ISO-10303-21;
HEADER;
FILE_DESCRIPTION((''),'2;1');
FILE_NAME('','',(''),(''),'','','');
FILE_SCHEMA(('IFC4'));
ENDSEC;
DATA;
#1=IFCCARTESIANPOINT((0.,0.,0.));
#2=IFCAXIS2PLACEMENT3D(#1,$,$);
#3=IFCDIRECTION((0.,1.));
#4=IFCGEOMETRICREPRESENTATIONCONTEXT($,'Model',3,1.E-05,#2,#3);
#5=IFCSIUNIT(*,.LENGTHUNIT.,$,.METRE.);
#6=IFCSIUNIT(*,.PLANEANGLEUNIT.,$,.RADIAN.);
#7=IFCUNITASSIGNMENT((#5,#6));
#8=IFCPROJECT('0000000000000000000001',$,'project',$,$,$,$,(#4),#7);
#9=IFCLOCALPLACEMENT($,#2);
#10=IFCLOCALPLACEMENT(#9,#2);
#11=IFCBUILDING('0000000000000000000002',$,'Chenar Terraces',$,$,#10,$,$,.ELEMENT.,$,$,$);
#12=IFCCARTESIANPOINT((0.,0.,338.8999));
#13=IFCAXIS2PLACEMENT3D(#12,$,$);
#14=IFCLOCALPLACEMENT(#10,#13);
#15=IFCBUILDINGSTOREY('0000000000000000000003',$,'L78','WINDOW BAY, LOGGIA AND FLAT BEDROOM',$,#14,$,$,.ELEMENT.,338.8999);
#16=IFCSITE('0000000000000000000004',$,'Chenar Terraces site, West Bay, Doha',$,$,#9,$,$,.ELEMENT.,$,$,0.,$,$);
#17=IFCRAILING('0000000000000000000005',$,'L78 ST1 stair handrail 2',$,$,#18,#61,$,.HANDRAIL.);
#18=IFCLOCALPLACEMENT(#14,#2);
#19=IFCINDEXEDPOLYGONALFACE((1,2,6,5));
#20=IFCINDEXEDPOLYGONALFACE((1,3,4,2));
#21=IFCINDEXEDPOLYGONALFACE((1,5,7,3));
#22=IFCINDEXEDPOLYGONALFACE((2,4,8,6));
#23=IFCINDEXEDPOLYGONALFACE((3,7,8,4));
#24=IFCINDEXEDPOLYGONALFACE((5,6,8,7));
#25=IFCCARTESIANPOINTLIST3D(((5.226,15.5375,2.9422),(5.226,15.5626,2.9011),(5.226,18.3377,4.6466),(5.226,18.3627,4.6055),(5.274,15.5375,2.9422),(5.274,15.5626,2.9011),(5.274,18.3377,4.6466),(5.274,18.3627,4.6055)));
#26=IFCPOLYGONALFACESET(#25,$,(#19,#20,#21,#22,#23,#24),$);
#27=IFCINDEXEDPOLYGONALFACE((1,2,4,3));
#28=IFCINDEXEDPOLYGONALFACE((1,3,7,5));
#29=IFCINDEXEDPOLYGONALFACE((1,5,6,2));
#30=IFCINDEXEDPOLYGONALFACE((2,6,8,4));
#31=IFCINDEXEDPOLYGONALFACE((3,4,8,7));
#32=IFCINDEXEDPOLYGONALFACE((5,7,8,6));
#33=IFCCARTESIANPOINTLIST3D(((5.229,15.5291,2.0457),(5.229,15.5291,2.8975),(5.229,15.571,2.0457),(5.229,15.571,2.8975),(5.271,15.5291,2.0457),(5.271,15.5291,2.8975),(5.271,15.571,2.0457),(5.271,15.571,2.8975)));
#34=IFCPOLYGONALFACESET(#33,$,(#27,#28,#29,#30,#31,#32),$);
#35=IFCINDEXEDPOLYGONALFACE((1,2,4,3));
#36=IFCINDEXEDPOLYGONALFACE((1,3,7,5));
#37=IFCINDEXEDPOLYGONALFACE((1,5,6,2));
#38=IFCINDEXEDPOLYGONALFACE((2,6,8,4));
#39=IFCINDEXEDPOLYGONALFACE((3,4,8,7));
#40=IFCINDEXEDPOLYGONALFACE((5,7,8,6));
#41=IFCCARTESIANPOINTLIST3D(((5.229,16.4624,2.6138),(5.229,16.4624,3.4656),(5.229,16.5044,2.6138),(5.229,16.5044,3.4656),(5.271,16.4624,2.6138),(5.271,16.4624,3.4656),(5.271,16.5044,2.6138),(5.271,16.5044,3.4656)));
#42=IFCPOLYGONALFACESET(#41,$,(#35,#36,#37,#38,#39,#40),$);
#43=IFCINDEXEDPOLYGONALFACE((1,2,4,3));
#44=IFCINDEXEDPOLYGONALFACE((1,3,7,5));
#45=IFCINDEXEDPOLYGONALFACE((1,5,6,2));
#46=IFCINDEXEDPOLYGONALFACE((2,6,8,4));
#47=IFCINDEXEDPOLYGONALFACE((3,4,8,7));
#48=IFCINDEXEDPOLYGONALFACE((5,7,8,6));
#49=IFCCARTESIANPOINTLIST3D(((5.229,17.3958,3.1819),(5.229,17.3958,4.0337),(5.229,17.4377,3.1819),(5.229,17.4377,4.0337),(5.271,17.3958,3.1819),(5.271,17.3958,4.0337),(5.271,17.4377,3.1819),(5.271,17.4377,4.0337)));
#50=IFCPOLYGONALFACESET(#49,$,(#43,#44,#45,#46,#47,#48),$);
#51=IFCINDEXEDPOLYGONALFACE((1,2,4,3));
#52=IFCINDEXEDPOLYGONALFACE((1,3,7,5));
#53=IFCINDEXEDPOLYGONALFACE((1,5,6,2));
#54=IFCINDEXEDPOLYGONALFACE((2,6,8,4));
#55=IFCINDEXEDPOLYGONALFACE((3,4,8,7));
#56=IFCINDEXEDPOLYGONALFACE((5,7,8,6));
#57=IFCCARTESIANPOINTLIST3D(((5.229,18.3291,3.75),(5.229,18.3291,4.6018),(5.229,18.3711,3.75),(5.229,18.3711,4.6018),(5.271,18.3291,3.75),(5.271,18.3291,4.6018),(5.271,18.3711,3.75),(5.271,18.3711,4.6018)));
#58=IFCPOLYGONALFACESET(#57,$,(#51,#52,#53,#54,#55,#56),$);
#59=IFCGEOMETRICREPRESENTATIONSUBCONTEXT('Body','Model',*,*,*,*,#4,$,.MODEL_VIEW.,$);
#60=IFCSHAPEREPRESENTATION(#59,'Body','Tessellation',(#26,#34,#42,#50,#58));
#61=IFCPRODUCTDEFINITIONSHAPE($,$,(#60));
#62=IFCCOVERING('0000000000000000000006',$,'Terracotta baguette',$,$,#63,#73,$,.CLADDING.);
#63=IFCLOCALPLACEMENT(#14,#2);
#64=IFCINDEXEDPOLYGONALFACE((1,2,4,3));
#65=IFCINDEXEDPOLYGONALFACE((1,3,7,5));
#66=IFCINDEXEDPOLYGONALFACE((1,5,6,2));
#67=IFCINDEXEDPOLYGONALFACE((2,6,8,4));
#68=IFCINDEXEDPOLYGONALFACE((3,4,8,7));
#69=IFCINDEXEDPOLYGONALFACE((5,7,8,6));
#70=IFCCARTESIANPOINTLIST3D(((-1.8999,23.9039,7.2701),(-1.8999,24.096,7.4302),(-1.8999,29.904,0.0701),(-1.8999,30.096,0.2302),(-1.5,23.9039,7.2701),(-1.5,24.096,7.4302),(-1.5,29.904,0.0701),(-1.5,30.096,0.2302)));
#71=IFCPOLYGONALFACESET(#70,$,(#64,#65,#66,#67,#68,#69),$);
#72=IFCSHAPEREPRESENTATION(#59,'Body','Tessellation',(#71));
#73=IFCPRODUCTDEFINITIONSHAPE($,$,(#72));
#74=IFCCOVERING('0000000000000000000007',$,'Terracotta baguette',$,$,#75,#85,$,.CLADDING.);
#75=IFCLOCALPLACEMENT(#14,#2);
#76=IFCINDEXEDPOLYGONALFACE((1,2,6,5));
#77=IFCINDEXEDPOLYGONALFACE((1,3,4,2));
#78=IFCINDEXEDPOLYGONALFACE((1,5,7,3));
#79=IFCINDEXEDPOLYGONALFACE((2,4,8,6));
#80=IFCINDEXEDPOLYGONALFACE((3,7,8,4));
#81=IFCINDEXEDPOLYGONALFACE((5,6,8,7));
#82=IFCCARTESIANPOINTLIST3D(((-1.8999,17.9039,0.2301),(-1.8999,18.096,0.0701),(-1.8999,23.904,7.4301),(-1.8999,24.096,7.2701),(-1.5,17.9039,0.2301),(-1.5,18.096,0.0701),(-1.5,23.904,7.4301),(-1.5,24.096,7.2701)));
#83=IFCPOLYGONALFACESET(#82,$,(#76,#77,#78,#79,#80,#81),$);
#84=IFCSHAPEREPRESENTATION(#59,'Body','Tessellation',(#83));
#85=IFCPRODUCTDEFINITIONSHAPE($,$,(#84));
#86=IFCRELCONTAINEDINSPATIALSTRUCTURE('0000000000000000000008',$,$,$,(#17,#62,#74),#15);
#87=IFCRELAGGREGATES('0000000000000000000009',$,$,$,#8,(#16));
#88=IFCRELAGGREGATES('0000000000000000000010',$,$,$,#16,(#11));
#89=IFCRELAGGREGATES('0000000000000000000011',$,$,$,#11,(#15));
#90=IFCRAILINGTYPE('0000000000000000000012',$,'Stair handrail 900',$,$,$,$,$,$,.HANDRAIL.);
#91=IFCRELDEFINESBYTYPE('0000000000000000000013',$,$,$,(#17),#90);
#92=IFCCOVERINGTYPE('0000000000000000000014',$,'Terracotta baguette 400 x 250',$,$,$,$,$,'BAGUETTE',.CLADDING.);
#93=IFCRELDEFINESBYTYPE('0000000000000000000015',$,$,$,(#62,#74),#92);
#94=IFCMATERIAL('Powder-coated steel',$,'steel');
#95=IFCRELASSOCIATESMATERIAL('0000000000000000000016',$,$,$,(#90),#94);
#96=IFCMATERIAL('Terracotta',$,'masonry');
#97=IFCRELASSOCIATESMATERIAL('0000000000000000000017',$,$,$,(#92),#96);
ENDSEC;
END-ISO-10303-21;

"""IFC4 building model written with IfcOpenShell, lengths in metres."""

from ifc_helpers import new_model, si_unit, direction, frame, origin, origin_2d, place, context, subcontext, project, spatial, rectangle, extrude, material, material_profile, profile_set, type_object, element, save


model = new_model("IFC4")

# Units and contexts
model_context = context("Model", 3, precision=1e-05, world=origin(), true_north=direction((0.0, 1.0)))
body_context = subcontext(model_context, "Body", "Model", "MODEL_VIEW")
ifc_project = project(units=[si_unit("LENGTHUNIT", "METRE"), si_unit("PLANEANGLEUNIT", "RADIAN")], contexts=[model_context])

# Site, building, storey
site_placement = place(None, origin())
site = spatial("IfcSite", under=ifc_project, at=site_placement, Name="Chenar Terraces site, West Bay, Doha", CompositionType="ELEMENT", RefElevation=0.0)
building_placement = place(site_placement, origin())
building = spatial("IfcBuilding", under=site, at=building_placement, Name="Chenar Terraces", CompositionType="ELEMENT")
storey_placement = place(building_placement, frame((0.0, 0.0, 338.8999)))
storey = spatial("IfcBuildingStorey", under=building, at=storey_placement, Name="L78", Description="WINDOW BAY, LOGGIA AND FLAT BEDROOM", CompositionType="ELEMENT", Elevation=338.8999)

# Railing
ifc_material_1 = material(Name="Powder-coated steel", Category="steel")
railing_type_1 = type_object("IfcRailingType", Name="Stair handrail 900", PredefinedType="HANDRAIL", material=ifc_material_1)
railing_1_placement = place(storey_placement, frame((5.25, 15.55, 2.0457)))
element("IfcRailing", 1, at=railing_1_placement, inside=storey, type_object=railing_type_1, Name="L78 ST1 stair handrail 2", PredefinedType="HANDRAIL", context=body_context, shape_type="SweptSolid", body=[
    extrude(rectangle(XDim=0.0481, YDim=0.0481, at=origin_2d()), frame((0.0, 0.0, 0.876), z_axis=(0.0, 0.854203, 0.51994), x_axis=(-1.0, 0.0, 0.0)), (0.0, 0.0, 1.0), 3.2781),
    extrude(rectangle(XDim=0.042, YDim=0.042, at=origin_2d()), origin(), (0.0, 0.0, 1.0), 0.8518),
    extrude(rectangle(XDim=0.042, YDim=0.042, at=origin_2d()), frame((0.0, 0.9333, 0.5681)), (0.0, 0.0, 1.0), 0.8518),
    extrude(rectangle(XDim=0.042, YDim=0.042, at=origin_2d()), frame((0.0, 1.8667, 1.1362)), (0.0, 0.0, 1.0), 0.8518),
    extrude(rectangle(XDim=0.042, YDim=0.042, at=origin_2d()), frame((0.0, 2.8, 1.7043)), (0.0, 0.0, 1.0), 0.8518),
])

# Coverings
ifc_material_2 = material(Name="Terracotta", Category="masonry")
ifc_material_profile_1 = material_profile(ifc_material_2, rectangle(XDim=0.3999, YDim=0.25, at=origin_2d()), Name="Terracotta baguette 400 x 250")
ifc_profile_set_1 = profile_set([ifc_material_profile_1], Name="Terracotta")
covering_type = type_object("IfcCoveringType", Name="Terracotta baguette 400 x 250", ElementType="BAGUETTE", PredefinedType="CLADDING", material=ifc_profile_set_1)
for number, where, z_axis, x_axis, name in (
    (2, (-1.7, 30.0, 0.1501), (0.0, -0.640187, 0.768219), (1.0, 0.0, 0.0), "Terracotta baguette"),
    (3, (-1.7, 24.0, 7.3501), (0.0, -0.640187, -0.768219), (1.0, 0.0, 0.0), "Terracotta baguette"),
):
    element("IfcCovering", number, at=place(storey_placement, frame(where, z_axis=z_axis, x_axis=x_axis)), inside=storey, type_object=covering_type, Name=name, PredefinedType="CLADDING", context=body_context, shape_type="SweptSolid", body=[
        extrude(rectangle(XDim=0.3999, YDim=0.25, at=origin_2d()), origin(), (0.0, 0.0, 1.0), 9.3723),
    ])

save(model, "model.ifc")
